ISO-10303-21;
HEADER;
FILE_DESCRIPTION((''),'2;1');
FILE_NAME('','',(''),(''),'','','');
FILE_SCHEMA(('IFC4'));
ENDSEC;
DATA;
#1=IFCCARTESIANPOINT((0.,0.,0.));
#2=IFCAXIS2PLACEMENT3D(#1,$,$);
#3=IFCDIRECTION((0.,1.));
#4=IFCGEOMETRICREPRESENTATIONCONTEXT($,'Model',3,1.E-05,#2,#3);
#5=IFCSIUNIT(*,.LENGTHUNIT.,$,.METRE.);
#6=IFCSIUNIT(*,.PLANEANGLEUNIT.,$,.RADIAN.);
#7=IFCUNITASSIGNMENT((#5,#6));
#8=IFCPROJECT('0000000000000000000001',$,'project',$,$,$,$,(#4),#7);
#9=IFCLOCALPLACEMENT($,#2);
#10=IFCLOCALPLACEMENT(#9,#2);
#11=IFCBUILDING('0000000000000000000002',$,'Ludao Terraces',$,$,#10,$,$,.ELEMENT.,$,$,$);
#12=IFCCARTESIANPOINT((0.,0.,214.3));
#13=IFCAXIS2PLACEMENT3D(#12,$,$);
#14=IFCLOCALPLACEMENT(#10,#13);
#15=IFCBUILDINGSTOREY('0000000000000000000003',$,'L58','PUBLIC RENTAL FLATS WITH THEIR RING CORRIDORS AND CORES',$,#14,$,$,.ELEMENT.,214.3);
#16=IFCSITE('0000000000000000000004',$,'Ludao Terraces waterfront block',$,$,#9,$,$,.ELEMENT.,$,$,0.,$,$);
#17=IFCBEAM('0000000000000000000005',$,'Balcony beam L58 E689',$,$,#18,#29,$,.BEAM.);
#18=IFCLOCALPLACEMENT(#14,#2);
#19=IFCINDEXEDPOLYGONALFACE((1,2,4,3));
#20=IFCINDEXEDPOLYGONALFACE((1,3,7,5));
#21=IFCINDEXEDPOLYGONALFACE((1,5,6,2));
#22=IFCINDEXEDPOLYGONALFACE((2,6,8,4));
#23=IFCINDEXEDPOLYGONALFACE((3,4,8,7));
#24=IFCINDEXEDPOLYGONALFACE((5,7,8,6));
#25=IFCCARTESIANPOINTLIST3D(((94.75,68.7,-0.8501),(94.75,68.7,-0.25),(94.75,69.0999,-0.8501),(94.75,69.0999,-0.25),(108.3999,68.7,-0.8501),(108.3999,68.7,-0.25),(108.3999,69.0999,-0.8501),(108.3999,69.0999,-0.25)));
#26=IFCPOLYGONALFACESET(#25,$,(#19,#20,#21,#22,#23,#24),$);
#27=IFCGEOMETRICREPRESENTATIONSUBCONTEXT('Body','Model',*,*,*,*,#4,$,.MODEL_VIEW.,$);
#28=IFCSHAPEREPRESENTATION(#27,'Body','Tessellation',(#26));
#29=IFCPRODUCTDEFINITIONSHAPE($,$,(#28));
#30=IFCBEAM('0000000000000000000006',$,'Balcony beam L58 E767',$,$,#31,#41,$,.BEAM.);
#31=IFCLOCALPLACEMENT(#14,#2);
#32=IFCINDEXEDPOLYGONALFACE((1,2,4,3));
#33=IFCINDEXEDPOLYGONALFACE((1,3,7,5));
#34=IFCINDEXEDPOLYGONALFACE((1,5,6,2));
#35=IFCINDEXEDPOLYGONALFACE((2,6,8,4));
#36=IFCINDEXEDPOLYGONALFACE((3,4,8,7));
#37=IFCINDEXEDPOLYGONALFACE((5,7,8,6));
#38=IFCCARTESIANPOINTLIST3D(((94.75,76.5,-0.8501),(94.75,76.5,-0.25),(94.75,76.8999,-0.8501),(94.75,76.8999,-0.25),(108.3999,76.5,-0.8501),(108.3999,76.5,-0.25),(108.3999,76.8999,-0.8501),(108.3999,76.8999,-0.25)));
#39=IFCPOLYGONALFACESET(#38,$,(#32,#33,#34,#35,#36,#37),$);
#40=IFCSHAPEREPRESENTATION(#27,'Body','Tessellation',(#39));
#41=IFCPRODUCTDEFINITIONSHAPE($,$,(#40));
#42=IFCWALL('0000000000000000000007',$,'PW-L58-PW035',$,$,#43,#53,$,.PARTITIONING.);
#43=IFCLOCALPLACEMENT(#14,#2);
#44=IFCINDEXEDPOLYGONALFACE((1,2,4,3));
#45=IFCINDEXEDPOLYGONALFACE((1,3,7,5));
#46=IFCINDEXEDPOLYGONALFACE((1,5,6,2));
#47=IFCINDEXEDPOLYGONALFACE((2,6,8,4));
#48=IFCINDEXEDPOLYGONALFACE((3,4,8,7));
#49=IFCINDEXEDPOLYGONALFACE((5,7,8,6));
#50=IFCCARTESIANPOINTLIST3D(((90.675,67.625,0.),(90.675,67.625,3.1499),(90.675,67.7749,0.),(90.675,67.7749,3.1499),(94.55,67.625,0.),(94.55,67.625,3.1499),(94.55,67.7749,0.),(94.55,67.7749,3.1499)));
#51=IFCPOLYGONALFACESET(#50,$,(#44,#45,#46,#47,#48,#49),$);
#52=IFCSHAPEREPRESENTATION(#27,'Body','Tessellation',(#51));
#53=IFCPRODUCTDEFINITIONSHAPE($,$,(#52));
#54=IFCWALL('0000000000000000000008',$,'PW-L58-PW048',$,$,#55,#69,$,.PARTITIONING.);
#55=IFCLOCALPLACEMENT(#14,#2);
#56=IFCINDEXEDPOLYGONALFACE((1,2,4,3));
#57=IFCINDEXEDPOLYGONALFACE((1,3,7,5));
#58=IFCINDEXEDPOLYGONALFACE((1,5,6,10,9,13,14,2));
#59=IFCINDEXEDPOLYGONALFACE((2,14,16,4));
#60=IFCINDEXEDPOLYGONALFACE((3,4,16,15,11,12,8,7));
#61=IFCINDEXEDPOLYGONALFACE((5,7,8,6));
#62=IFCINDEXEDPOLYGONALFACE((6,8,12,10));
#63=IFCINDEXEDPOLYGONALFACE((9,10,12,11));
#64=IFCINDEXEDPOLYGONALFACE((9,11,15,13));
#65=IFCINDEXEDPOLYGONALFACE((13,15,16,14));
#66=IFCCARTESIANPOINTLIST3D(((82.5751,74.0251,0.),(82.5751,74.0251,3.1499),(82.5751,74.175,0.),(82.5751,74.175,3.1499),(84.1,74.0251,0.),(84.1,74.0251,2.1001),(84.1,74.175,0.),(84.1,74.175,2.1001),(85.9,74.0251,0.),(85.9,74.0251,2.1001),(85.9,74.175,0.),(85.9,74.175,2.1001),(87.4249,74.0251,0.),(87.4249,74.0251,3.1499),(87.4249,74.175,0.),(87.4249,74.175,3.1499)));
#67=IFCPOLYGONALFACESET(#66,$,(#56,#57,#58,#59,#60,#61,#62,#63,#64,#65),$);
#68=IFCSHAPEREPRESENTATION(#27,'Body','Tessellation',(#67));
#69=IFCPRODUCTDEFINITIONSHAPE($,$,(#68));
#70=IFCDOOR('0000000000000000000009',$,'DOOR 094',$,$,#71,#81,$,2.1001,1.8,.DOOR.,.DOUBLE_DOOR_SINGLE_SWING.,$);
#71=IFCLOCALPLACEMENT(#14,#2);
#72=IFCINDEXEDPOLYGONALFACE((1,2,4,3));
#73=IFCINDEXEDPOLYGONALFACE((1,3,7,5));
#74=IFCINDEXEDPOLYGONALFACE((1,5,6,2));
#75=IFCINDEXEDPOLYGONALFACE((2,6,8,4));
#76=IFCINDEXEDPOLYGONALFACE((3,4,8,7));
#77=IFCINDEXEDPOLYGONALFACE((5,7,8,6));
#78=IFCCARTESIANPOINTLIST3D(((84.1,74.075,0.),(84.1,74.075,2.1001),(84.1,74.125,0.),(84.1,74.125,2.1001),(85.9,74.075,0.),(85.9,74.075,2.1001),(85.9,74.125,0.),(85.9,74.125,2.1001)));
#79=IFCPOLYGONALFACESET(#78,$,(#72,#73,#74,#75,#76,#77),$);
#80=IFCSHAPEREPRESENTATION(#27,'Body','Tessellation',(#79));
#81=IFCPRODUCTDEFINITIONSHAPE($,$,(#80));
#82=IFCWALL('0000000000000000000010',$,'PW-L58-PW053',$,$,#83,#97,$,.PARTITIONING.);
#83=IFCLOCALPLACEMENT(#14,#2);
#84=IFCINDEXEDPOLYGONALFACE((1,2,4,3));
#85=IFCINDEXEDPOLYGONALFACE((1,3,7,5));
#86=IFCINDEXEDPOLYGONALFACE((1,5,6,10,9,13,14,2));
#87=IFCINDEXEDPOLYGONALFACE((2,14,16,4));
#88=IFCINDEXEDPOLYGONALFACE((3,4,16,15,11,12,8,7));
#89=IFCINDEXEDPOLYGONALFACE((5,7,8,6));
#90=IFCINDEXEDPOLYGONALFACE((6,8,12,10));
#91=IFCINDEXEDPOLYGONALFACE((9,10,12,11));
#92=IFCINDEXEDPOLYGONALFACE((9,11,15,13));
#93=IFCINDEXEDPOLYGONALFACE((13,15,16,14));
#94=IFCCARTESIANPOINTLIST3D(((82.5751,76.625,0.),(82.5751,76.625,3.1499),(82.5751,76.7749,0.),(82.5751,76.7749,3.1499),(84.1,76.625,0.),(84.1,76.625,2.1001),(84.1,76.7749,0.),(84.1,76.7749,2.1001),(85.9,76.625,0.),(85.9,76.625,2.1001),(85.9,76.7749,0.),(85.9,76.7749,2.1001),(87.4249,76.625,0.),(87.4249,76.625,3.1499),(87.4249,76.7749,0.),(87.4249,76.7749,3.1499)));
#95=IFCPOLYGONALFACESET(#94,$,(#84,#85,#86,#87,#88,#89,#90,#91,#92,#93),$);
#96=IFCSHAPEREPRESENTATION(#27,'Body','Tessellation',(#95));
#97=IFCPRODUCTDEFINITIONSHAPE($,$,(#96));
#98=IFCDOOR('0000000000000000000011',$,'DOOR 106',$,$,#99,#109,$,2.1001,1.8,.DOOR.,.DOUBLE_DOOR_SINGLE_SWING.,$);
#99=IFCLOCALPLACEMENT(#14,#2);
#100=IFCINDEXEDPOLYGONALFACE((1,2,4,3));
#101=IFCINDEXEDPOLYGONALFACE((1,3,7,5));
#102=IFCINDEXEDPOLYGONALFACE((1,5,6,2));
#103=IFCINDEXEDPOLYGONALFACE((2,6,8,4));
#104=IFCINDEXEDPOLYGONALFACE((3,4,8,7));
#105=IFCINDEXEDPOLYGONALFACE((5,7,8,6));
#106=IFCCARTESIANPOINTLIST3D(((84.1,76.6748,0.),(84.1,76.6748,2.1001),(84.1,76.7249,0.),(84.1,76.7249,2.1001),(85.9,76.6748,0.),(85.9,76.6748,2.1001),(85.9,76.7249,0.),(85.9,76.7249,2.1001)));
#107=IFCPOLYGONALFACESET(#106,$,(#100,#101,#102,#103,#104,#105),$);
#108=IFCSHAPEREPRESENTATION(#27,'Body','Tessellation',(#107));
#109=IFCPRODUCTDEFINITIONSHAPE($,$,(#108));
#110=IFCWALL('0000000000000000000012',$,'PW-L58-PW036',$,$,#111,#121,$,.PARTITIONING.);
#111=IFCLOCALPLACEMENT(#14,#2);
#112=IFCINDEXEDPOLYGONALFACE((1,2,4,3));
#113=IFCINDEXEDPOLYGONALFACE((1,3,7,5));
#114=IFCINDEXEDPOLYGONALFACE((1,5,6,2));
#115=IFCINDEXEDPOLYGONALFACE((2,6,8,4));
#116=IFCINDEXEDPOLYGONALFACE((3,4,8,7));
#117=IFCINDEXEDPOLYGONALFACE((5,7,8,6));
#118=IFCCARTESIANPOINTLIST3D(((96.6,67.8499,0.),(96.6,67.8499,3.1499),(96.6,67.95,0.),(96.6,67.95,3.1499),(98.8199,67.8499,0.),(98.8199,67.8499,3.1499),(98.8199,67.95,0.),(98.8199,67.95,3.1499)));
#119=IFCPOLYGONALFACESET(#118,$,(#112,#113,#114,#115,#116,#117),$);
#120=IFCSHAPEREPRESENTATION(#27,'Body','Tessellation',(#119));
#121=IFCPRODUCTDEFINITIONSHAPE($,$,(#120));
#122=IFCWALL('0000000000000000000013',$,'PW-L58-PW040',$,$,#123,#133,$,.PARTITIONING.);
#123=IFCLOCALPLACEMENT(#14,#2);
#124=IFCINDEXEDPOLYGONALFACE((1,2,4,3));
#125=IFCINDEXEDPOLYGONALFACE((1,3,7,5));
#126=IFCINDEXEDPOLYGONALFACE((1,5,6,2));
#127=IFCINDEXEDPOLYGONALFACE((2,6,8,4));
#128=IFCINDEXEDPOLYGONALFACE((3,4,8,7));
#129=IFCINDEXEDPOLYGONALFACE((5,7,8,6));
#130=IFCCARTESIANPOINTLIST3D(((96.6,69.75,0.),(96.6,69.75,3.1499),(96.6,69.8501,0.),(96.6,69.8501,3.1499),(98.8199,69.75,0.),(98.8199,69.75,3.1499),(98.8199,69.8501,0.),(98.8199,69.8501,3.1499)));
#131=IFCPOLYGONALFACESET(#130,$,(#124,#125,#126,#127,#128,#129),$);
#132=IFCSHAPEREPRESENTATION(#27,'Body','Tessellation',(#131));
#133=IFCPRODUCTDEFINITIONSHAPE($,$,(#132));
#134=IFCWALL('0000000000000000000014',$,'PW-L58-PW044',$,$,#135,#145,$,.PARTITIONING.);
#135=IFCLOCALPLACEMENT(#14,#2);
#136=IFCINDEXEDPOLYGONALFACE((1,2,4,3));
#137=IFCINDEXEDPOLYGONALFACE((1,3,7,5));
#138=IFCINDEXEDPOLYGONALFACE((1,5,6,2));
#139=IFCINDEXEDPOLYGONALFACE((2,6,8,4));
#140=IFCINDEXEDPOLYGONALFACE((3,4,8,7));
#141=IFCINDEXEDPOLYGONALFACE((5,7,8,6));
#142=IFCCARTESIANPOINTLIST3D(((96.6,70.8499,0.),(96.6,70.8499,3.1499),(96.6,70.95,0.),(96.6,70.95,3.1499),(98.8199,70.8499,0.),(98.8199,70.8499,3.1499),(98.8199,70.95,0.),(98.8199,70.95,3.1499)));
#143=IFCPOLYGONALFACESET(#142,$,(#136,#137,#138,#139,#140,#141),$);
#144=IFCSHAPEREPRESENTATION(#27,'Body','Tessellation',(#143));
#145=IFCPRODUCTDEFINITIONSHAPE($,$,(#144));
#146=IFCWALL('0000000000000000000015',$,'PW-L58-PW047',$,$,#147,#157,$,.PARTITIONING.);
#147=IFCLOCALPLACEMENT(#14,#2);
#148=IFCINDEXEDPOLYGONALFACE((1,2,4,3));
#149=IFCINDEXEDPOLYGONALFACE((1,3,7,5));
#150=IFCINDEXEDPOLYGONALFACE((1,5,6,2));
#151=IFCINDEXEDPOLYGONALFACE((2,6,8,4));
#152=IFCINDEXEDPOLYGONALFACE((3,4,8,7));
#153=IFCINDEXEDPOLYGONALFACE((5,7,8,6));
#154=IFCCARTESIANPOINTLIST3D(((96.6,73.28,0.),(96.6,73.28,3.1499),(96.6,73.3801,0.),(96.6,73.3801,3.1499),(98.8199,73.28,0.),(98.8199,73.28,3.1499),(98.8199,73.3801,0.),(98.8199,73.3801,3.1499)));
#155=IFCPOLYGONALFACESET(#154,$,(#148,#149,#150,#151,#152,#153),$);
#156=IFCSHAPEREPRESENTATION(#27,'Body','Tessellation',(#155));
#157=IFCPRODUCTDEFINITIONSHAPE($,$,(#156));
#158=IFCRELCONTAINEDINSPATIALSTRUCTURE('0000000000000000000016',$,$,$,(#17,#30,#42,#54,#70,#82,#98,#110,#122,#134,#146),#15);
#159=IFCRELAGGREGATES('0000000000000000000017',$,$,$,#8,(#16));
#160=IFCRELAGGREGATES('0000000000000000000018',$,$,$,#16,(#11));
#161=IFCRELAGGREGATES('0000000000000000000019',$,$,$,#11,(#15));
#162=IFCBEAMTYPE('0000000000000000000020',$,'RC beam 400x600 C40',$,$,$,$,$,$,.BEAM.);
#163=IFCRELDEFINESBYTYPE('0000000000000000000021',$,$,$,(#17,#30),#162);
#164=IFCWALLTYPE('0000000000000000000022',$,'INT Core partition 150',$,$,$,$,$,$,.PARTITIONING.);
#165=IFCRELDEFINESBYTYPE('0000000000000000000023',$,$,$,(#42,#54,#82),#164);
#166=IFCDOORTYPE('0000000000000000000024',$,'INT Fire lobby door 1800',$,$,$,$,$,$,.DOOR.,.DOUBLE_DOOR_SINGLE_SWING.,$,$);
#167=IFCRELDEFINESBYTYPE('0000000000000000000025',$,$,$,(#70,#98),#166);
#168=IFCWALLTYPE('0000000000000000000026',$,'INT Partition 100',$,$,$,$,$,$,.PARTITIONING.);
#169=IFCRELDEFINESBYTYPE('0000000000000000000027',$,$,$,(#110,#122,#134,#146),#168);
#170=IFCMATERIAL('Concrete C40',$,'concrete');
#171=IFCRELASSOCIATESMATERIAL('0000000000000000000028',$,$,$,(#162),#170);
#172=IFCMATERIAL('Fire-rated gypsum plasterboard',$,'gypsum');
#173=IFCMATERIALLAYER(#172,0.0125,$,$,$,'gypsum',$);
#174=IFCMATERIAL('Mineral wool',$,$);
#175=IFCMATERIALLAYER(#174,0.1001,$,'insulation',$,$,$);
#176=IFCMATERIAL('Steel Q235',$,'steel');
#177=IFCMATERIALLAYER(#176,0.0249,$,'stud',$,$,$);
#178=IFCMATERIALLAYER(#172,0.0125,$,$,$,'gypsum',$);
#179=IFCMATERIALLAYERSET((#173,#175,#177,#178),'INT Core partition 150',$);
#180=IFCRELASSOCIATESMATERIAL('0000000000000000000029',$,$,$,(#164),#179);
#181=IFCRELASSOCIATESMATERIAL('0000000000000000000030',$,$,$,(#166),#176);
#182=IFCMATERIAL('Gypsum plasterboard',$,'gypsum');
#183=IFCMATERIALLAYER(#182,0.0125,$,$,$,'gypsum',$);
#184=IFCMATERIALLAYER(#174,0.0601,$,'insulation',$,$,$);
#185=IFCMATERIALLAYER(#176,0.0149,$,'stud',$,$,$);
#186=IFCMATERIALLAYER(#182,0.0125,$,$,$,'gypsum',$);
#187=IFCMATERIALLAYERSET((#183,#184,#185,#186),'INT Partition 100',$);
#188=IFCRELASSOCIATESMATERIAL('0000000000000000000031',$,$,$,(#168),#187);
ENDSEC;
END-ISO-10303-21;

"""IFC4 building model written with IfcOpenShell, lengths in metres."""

from ifc_helpers import new_model, si_unit, direction, frame, frame_2d, origin, origin_2d, place, context, subcontext, project, spatial, rectangle, extrude, material, layer, layer_set, material_profile, profile_set, type_object, element, fill, save


model = new_model("IFC4")

# Units and contexts
model_context = context("Model", 3, precision=1e-05, world=origin(), true_north=direction((0.0, 1.0)))
body_context = subcontext(model_context, "Body", "Model", "MODEL_VIEW")
ifc_project = project(units=[si_unit("LENGTHUNIT", "METRE"), si_unit("PLANEANGLEUNIT", "RADIAN")], contexts=[model_context])

# Site, building, storey
site_placement = place(None, origin())
site = spatial("IfcSite", under=ifc_project, at=site_placement, Name="Ludao Terraces waterfront block", CompositionType="ELEMENT", RefElevation=0.0)
building_placement = place(site_placement, origin())
building = spatial("IfcBuilding", under=site, at=building_placement, Name="Ludao Terraces", CompositionType="ELEMENT")
storey_placement = place(building_placement, frame((0.0, 0.0, 214.3)))
storey = spatial("IfcBuildingStorey", under=building, at=storey_placement, Name="L58", Description="PUBLIC RENTAL FLATS WITH THEIR RING CORRIDORS AND CORES", CompositionType="ELEMENT", Elevation=214.3)

# Beams
ifc_material_1 = material(Name="Concrete C40", Category="concrete")
ifc_material_profile = material_profile(ifc_material_1, rectangle(XDim=0.3999, YDim=0.6001, at=origin_2d()), Name="400 X 600")
ifc_profile_set = profile_set([ifc_material_profile], Name="Concrete C40")
beam_type = type_object("IfcBeamType", Name="RC beam 400x600 C40", PredefinedType="BEAM", material=ifc_profile_set)
for number, where, z_axis, x_axis, name in (
    (1, (94.75, 68.8999, -0.55), (1.0, 0.0, 0.0), (0.0, 1.0, 0.0), "Balcony beam L58 E689"),
    (2, (94.75, 76.7, -0.55), (1.0, 0.0, 0.0), (0.0, 1.0, 0.0), "Balcony beam L58 E767"),
):
    element("IfcBeam", number, at=place(storey_placement, frame(where, z_axis=z_axis, x_axis=x_axis)), inside=storey, type_object=beam_type, Name=name, PredefinedType="BEAM", context=body_context, shape_type="SweptSolid", body=[
        extrude(rectangle(XDim=0.3999, YDim=0.6001, at=origin_2d()), origin(), (0.0, 0.0, 1.0), 13.6499),
    ])

# Wall
ifc_material_2 = material(Name="Fire-rated gypsum plasterboard", Category="gypsum")
ifc_layer_1 = layer(ifc_material_2, 0.0125, Category="gypsum")
ifc_material_3 = material(Name="Mineral wool")
ifc_layer_2 = layer(ifc_material_3, 0.1001, Name="insulation")
ifc_material_4 = material(Name="Steel Q235", Category="steel")
ifc_layer_3 = layer(ifc_material_4, 0.0249, Name="stud")
ifc_layer_4 = layer(ifc_material_2, 0.0125, Category="gypsum")
ifc_layer_set_1 = layer_set([ifc_layer_1, ifc_layer_2, ifc_layer_3, ifc_layer_4], Name="INT Core partition 150")
wall_type_1 = type_object("IfcWallType", Name="INT Core partition 150", PredefinedType="PARTITIONING", material=ifc_layer_set_1)
wall_1_placement = place(storey_placement, frame((90.675, 67.7, 0.0), z_axis=(0.0, 0.0, 1.0), x_axis=(1.0, 0.0, 0.0)))
element("IfcWall", 3, at=wall_1_placement, inside=storey, type_object=wall_type_1, Name="PW-L58-PW035", PredefinedType="PARTITIONING", context=body_context, shape_type="SweptSolid", body=[
    extrude(rectangle(XDim=3.875, YDim=0.1499, at=frame_2d((1.9375, 0.0))), origin(), (0.0, 0.0, 1.0), 3.1499),
])

# Walls, openings, doors
wall_2_placement = place(storey_placement, frame((82.5752, 74.1001, 0.0), z_axis=(0.0, 0.0, 1.0), x_axis=(1.0, 0.0, 0.0)))
wall_2 = element("IfcWall", 4, at=wall_2_placement, inside=storey, type_object=wall_type_1, Name="PW-L58-PW048", PredefinedType="PARTITIONING", context=body_context, shape_type="SweptSolid", body=[
    extrude(rectangle(XDim=4.8499, YDim=0.1499, at=frame_2d((2.4248, 0.0))), origin(), (0.0, 0.0, 1.0), 3.1499),
])
opening_1_placement = place(wall_2_placement, frame((1.5249, 0.0, 0.0)))
opening_1 = element("IfcOpeningElement", 5, at=opening_1_placement, cuts=wall_2, PredefinedType="OPENING", context=body_context, shape_type="SweptSolid", body=[
    extrude(rectangle(XDim=1.8, YDim=2.1001, at=frame_2d((0.8999, 1.05))), frame((0.0, 0.085, 0.0), z_axis=(0.0, -1.0, 0.0), x_axis=(1.0, 0.0, 0.0)), (0.0, 0.0, 1.0), 0.1699),
])
door_type_1 = type_object("IfcDoorType", Name="INT Fire lobby door 1800", OperationType="DOUBLE_DOOR_SINGLE_SWING", PredefinedType="DOOR", material=ifc_material_4)
door_1_placement = place(opening_1_placement, origin())
door_1 = element("IfcDoor", 6, at=door_1_placement, inside=storey, type_object=door_type_1, Name="DOOR 094", OperationType="DOUBLE_DOOR_SINGLE_SWING", OverallHeight=2.1001, OverallWidth=1.8, PredefinedType="DOOR", context=body_context, shape_type="SweptSolid", body=[
    extrude(rectangle(XDim=1.8, YDim=2.1001, at=frame_2d((0.8999, 1.05))), frame((0.0, 0.0249, 0.0), z_axis=(0.0, -1.0, 0.0), x_axis=(1.0, 0.0, 0.0)), (0.0, 0.0, 1.0), 0.05),
])
fill(opening_1, door_1)
wall_3_placement = place(storey_placement, frame((82.5752, 76.7, 0.0), z_axis=(0.0, 0.0, 1.0), x_axis=(1.0, 0.0, 0.0)))
wall_3 = element("IfcWall", 7, at=wall_3_placement, inside=storey, type_object=wall_type_1, Name="PW-L58-PW053", PredefinedType="PARTITIONING", context=body_context, shape_type="SweptSolid", body=[
    extrude(rectangle(XDim=4.8499, YDim=0.1499, at=frame_2d((2.4248, 0.0))), origin(), (0.0, 0.0, 1.0), 3.1499),
])
opening_2_placement = place(wall_3_placement, frame((1.5249, 0.0, 0.0)))
opening_2 = element("IfcOpeningElement", 8, at=opening_2_placement, cuts=wall_3, PredefinedType="OPENING", context=body_context, shape_type="SweptSolid", body=[
    extrude(rectangle(XDim=1.8, YDim=2.1001, at=frame_2d((0.8999, 1.05))), frame((0.0, 0.085, 0.0), z_axis=(0.0, -1.0, 0.0), x_axis=(1.0, 0.0, 0.0)), (0.0, 0.0, 1.0), 0.1699),
])
door_2_placement = place(opening_2_placement, origin())
door_2 = element("IfcDoor", 9, at=door_2_placement, inside=storey, type_object=door_type_1, Name="DOOR 106", OperationType="DOUBLE_DOOR_SINGLE_SWING", OverallHeight=2.1001, OverallWidth=1.8, PredefinedType="DOOR", context=body_context, shape_type="SweptSolid", body=[
    extrude(rectangle(XDim=1.8, YDim=2.1001, at=frame_2d((0.8999, 1.05))), frame((0.0, 0.0249, 0.0), z_axis=(0.0, -1.0, 0.0), x_axis=(1.0, 0.0, 0.0)), (0.0, 0.0, 1.0), 0.05),
])
fill(opening_2, door_2)

# Walls
ifc_material_5 = material(Name="Gypsum plasterboard", Category="gypsum")
ifc_layer_5 = layer(ifc_material_5, 0.0125, Category="gypsum")
ifc_layer_6 = layer(ifc_material_3, 0.0601, Name="insulation")
ifc_layer_7 = layer(ifc_material_4, 0.0149, Name="stud")
ifc_layer_8 = layer(ifc_material_5, 0.0125, Category="gypsum")
ifc_layer_set_2 = layer_set([ifc_layer_5, ifc_layer_6, ifc_layer_7, ifc_layer_8], Name="INT Partition 100")
wall_type_2 = type_object("IfcWallType", Name="INT Partition 100", PredefinedType="PARTITIONING", material=ifc_layer_set_2)
for number, where, z_axis, x_axis, name in (
    (10, (96.6001, 67.8999, 0.0), (0.0, 0.0, 1.0), (1.0, 0.0, 0.0), "PW-L58-PW036"),
    (11, (96.6001, 69.8, 0.0), (0.0, 0.0, 1.0), (1.0, 0.0, 0.0), "PW-L58-PW040"),
    (12, (96.6001, 70.8999, 0.0), (0.0, 0.0, 1.0), (1.0, 0.0, 0.0), "PW-L58-PW044"),
    (13, (96.6001, 73.3301, 0.0), (0.0, 0.0, 1.0), (1.0, 0.0, 0.0), "PW-L58-PW047"),
):
    element("IfcWall", number, at=place(storey_placement, frame(where, z_axis=z_axis, x_axis=x_axis)), inside=storey, type_object=wall_type_2, Name=name, PredefinedType="PARTITIONING", context=body_context, shape_type="SweptSolid", body=[
        extrude(rectangle(XDim=2.22, YDim=0.1001, at=frame_2d((1.1099, 0.0))), origin(), (0.0, 0.0, 1.0), 3.1499),
    ])

save(model, "model.ifc")
